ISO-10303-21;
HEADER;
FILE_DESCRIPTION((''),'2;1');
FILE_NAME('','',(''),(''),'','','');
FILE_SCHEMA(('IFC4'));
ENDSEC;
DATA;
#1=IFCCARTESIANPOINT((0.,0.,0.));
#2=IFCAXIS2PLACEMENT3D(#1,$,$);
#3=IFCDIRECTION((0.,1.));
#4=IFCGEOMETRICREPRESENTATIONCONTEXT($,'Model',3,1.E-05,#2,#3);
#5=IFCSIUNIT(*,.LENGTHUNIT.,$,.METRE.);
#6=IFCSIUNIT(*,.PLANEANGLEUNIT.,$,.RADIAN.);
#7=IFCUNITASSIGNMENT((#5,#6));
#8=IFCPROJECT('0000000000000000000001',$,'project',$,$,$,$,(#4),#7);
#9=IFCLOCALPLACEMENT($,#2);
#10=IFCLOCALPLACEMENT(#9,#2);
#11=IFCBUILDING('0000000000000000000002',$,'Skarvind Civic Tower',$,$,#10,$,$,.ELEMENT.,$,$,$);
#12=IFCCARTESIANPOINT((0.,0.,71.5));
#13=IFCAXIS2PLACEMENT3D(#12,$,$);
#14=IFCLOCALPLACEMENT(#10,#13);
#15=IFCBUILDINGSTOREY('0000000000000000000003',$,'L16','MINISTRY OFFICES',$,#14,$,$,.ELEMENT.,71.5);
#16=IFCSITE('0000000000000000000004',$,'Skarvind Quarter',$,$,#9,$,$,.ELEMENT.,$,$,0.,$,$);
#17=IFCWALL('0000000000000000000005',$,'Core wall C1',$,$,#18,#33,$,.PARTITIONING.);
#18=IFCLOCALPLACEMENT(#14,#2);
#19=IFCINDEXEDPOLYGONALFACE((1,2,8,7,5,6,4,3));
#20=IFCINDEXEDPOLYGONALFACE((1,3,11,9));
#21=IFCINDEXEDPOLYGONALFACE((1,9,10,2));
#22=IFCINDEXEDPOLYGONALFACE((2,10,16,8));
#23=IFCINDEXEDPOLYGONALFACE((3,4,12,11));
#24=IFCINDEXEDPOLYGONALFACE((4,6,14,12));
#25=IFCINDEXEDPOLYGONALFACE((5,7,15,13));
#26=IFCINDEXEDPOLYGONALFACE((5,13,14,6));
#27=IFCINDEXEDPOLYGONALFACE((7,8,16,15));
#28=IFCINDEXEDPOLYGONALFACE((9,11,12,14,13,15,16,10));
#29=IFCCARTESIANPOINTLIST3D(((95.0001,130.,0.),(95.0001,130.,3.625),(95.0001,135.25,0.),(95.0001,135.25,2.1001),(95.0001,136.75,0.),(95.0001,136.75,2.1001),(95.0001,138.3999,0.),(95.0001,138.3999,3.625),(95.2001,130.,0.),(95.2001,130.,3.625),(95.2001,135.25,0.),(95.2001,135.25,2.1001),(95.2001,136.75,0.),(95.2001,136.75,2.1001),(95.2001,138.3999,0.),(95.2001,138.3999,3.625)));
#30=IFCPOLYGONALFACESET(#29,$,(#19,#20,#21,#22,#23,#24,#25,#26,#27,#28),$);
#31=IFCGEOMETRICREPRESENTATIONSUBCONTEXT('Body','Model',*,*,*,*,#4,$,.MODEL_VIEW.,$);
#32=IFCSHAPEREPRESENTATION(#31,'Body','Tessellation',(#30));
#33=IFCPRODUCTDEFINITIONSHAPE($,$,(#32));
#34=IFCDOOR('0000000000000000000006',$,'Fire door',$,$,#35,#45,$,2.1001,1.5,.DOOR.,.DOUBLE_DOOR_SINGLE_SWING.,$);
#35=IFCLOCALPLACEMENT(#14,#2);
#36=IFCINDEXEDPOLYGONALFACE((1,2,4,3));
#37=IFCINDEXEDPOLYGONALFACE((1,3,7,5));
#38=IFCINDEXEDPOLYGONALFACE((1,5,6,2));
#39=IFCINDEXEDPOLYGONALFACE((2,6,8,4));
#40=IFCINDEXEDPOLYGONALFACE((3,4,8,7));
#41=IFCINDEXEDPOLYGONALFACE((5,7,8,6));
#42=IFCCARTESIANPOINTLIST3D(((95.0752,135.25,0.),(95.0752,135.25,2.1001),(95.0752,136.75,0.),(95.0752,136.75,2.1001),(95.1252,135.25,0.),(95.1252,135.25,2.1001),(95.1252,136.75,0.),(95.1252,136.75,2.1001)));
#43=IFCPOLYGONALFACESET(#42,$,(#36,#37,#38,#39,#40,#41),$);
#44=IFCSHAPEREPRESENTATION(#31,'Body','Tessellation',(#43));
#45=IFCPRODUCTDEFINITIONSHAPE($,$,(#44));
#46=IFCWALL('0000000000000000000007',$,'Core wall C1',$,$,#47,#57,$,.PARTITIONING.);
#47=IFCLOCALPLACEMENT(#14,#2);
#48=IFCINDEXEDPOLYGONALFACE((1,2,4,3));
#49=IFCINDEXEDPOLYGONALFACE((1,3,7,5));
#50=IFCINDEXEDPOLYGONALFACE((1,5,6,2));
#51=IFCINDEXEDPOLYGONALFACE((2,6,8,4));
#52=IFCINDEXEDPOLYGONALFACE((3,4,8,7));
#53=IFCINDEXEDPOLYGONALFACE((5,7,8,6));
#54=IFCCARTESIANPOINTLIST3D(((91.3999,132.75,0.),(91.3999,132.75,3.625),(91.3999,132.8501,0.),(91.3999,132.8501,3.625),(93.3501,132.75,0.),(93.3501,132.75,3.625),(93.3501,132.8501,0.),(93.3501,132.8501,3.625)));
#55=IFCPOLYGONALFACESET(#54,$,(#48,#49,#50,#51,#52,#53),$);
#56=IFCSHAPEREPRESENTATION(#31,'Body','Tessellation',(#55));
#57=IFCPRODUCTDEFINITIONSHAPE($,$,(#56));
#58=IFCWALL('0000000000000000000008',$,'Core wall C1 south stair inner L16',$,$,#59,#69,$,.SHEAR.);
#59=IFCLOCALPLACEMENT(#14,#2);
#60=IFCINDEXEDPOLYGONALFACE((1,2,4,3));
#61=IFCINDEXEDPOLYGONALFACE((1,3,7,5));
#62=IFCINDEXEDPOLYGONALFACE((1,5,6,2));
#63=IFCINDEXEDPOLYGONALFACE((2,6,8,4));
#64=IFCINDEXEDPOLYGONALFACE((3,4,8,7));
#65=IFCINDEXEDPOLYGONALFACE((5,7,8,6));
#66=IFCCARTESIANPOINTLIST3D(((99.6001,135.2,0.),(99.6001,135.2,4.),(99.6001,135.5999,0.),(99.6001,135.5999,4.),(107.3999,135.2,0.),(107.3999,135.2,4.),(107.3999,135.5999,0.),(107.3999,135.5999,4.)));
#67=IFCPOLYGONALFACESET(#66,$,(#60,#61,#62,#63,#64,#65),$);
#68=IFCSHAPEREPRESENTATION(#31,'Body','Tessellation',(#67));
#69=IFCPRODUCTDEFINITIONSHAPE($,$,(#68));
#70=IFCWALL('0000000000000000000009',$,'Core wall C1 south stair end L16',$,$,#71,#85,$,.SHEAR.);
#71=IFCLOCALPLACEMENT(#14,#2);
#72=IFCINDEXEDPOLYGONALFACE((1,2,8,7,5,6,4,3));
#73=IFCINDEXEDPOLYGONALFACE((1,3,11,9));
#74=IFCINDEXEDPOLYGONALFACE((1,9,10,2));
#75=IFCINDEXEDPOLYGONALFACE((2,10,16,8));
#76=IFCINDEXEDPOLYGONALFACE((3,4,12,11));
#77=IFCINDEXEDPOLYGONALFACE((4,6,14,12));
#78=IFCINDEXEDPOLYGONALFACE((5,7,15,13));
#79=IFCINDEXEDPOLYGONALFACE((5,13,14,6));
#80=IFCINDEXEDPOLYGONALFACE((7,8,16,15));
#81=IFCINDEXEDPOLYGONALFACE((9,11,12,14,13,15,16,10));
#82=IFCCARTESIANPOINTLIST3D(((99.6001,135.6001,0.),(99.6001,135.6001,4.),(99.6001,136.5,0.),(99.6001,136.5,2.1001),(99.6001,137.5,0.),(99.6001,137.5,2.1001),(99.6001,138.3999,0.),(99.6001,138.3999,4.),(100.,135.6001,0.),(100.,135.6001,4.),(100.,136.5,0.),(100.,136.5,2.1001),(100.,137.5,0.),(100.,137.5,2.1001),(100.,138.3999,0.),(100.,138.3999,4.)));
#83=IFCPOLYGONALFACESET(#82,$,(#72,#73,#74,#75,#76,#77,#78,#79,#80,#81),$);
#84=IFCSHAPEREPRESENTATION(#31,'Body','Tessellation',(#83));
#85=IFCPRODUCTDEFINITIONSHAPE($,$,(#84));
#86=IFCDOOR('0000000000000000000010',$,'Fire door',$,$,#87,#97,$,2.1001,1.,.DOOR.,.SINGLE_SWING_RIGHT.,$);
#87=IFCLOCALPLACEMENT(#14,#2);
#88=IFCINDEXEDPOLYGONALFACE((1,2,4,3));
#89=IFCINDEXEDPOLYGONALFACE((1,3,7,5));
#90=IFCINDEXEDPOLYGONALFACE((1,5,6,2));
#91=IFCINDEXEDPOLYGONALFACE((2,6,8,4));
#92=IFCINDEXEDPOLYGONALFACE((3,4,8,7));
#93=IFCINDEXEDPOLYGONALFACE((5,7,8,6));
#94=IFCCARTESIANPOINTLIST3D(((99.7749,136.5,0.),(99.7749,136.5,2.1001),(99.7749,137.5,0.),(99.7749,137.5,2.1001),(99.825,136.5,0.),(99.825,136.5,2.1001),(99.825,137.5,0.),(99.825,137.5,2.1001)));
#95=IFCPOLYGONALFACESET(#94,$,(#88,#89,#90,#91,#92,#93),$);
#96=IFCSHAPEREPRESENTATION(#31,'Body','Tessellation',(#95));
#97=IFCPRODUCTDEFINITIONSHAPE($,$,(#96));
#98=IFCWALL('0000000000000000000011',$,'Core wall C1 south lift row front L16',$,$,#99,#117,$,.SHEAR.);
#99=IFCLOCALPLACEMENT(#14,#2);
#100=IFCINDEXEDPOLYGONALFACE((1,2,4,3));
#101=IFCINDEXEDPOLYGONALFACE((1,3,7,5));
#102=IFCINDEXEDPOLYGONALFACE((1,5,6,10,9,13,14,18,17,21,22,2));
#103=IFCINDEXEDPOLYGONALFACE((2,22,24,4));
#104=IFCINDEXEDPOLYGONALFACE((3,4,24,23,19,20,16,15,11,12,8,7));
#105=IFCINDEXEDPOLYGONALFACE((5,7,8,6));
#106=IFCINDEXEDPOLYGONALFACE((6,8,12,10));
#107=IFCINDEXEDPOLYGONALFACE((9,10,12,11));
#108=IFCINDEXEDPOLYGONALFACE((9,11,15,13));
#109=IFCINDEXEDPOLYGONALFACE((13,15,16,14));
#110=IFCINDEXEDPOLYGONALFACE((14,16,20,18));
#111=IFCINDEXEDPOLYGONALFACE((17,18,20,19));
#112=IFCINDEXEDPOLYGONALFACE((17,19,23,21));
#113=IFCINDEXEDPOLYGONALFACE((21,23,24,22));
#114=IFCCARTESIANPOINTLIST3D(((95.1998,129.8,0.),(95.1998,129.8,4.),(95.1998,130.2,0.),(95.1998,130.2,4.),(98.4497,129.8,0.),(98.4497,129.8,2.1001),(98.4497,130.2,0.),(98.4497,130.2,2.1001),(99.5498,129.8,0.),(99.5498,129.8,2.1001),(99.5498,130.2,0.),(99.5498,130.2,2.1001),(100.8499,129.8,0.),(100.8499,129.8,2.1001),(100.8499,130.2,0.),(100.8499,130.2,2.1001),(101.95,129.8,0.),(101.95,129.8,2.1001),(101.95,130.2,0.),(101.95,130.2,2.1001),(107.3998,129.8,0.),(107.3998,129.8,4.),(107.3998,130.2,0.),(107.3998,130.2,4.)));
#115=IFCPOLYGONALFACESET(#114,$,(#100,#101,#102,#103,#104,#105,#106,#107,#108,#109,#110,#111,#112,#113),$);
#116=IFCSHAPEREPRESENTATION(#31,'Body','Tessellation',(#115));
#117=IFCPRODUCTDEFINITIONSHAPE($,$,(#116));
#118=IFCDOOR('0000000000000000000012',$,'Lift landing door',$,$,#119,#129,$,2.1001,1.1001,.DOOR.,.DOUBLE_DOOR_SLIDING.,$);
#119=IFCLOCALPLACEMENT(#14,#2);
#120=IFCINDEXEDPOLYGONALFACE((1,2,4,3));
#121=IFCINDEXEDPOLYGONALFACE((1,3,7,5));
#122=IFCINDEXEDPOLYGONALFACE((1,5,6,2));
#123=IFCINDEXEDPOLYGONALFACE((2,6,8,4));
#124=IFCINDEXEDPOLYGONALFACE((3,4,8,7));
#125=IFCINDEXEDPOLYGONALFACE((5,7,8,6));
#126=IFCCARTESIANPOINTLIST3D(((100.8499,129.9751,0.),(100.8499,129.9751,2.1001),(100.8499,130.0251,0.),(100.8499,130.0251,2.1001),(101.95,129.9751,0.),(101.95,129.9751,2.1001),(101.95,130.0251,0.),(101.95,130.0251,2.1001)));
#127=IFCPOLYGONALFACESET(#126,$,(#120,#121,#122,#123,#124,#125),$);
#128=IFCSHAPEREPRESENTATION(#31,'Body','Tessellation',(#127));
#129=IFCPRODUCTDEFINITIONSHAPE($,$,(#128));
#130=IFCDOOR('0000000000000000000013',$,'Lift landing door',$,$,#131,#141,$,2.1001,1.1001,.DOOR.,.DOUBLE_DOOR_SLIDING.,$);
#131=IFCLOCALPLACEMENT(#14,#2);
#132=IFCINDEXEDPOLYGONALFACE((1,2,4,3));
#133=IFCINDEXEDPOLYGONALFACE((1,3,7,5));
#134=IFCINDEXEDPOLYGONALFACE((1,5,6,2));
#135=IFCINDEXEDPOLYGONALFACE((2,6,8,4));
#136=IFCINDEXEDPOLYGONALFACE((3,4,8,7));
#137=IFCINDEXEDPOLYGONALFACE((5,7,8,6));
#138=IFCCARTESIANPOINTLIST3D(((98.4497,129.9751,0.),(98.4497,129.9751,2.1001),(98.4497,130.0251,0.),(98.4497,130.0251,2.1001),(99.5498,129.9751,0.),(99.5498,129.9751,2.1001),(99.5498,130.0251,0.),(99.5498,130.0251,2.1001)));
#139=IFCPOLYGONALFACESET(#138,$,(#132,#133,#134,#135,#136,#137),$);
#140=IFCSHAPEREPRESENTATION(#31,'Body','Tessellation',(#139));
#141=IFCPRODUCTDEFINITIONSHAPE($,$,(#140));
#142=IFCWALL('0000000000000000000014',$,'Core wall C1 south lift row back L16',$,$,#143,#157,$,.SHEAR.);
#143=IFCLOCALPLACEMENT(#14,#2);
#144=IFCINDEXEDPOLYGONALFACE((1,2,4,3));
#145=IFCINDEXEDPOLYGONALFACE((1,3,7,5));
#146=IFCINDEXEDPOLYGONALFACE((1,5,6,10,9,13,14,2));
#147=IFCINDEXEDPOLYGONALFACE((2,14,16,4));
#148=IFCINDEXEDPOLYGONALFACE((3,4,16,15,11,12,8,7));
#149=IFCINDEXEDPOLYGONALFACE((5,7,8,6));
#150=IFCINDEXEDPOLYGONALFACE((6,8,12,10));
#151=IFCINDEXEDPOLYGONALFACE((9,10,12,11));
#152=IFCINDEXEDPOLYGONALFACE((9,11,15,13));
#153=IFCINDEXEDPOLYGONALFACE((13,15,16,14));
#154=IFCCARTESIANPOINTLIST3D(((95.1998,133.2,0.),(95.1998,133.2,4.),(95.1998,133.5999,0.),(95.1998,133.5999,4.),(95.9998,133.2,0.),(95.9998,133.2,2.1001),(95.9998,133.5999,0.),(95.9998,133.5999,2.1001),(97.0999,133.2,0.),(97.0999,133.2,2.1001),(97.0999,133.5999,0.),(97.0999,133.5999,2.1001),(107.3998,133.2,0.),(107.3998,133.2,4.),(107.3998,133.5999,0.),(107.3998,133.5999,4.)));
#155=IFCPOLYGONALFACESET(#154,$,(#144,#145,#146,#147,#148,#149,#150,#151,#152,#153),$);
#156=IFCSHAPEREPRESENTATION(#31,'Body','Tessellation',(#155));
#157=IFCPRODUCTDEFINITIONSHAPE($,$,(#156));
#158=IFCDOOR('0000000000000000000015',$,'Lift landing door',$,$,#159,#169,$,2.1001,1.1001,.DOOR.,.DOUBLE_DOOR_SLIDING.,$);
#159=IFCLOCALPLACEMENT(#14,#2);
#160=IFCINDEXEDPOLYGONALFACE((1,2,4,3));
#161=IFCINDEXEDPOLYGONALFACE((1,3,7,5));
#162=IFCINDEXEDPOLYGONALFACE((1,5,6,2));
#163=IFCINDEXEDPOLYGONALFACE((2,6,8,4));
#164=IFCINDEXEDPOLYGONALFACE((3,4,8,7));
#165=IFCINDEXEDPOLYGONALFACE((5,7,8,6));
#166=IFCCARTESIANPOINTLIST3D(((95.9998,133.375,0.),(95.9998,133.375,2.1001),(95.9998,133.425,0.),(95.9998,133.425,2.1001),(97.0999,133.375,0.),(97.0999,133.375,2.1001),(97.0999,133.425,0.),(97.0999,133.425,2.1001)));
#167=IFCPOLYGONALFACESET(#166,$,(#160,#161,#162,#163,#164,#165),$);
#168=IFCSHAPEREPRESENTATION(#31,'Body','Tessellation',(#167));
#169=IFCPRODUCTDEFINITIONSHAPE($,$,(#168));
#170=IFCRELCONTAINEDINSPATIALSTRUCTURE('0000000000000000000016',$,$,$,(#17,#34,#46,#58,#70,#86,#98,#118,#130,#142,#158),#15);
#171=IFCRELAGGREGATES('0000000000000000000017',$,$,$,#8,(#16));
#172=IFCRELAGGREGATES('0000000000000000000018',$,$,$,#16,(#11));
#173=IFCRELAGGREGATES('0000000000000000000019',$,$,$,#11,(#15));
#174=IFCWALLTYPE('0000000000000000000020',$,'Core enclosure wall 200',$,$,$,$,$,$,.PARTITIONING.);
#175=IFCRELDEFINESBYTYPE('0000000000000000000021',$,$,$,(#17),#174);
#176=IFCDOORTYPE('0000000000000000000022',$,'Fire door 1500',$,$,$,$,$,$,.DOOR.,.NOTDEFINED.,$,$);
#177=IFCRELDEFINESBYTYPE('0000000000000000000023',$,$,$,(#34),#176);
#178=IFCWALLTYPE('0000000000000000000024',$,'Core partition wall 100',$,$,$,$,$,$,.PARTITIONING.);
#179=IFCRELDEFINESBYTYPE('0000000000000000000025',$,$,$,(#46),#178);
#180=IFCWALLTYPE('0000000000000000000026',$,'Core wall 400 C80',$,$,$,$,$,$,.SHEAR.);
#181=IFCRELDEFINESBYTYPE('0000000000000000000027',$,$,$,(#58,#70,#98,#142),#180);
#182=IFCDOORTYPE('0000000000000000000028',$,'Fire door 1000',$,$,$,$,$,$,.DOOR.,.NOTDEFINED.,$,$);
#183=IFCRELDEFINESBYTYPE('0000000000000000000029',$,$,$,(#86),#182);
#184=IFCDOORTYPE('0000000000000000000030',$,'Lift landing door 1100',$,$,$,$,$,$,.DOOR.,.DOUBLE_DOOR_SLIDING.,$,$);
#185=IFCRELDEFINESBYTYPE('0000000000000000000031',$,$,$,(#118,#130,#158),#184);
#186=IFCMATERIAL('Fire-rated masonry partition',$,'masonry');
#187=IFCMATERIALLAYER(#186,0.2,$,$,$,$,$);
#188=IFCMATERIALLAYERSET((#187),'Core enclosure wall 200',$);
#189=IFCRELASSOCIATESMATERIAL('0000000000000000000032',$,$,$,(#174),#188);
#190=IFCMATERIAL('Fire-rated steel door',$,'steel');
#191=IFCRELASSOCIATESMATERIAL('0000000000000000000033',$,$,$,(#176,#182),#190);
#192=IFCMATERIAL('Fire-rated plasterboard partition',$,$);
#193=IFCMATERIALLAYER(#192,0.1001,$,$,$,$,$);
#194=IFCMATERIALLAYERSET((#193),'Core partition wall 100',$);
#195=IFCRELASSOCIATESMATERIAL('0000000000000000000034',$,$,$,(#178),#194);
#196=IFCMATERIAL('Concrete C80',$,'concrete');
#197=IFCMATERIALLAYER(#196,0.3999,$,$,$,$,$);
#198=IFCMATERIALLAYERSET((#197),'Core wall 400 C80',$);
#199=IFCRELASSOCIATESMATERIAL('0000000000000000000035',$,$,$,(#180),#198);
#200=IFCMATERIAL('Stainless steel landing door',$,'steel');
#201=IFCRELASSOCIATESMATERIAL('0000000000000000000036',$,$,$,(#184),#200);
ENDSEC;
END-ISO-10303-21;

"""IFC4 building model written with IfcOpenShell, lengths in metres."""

from ifc_helpers import new_model, si_unit, direction, frame, frame_2d, origin, place, context, subcontext, project, spatial, rectangle, extrude, material, layer, layer_set, type_object, element, fill, save


model = new_model("IFC4")

# Units and contexts
model_context = context("Model", 3, precision=1e-05, world=origin(), true_north=direction((0.0, 1.0)))
body_context = subcontext(model_context, "Body", "Model", "MODEL_VIEW")
ifc_project = project(units=[si_unit("LENGTHUNIT", "METRE"), si_unit("PLANEANGLEUNIT", "RADIAN")], contexts=[model_context])

# Site, building, storey
site_placement = place(None, origin())
site = spatial("IfcSite", under=ifc_project, at=site_placement, Name="Skarvind Quarter", CompositionType="ELEMENT", RefElevation=0.0)
building_placement = place(site_placement, origin())
building = spatial("IfcBuilding", under=site, at=building_placement, Name="Skarvind Civic Tower", CompositionType="ELEMENT")
storey_placement = place(building_placement, frame((0.0, 0.0, 71.5)))
storey = spatial("IfcBuildingStorey", under=building, at=storey_placement, Name="L16", Description="MINISTRY OFFICES", CompositionType="ELEMENT", Elevation=71.5)

# Wall, opening, door
ifc_material_1 = material(Name="Fire-rated masonry partition", Category="masonry")
ifc_layer_1 = layer(ifc_material_1, 0.2)
ifc_layer_set_1 = layer_set([ifc_layer_1], Name="Core enclosure wall 200")
wall_type_1 = type_object("IfcWallType", Name="Core enclosure wall 200", PredefinedType="PARTITIONING", material=ifc_layer_set_1)
wall_1_placement = place(storey_placement, frame((95.1001, 130.0, 0.0), z_axis=(0.0, 0.0, 1.0), x_axis=(0.0, 1.0, 0.0)))
wall_1 = element("IfcWall", 1, at=wall_1_placement, inside=storey, type_object=wall_type_1, Name="Core wall C1", PredefinedType="PARTITIONING", context=body_context, shape_type="SweptSolid", body=[
    extrude(rectangle(XDim=8.3999, YDim=0.2, at=frame_2d((4.2, 0.0))), origin(), (0.0, 0.0, 1.0), 3.625),
])
opening_1_placement = place(wall_1_placement, frame((5.25, 0.0, 0.0)))
opening_1 = element("IfcOpeningElement", 2, at=opening_1_placement, cuts=wall_1, PredefinedType="OPENING", context=body_context, shape_type="SweptSolid", body=[
    extrude(rectangle(XDim=1.5, YDim=2.1001, at=frame_2d((0.75, 1.05))), frame((0.0, 0.1099, 0.0), z_axis=(0.0, -1.0, 0.0), x_axis=(1.0, 0.0, 0.0)), (0.0, 0.0, 1.0), 0.22),
])
ifc_material_2 = material(Name="Fire-rated steel door", Category="steel")
door_type_1 = type_object("IfcDoorType", Name="Fire door 1500", OperationType="NOTDEFINED", PredefinedType="DOOR", material=ifc_material_2)
door_1_placement = place(opening_1_placement, origin())
door_1 = element("IfcDoor", 3, at=door_1_placement, inside=storey, type_object=door_type_1, Name="Fire door", OperationType="DOUBLE_DOOR_SINGLE_SWING", OverallHeight=2.1001, OverallWidth=1.5, PredefinedType="DOOR", context=body_context, shape_type="SweptSolid", body=[
    extrude(rectangle(XDim=1.5, YDim=2.1001, at=frame_2d((0.75, 1.05))), frame((0.0, 0.0249, 0.0), z_axis=(0.0, -1.0, 0.0), x_axis=(1.0, 0.0, 0.0)), (0.0, 0.0, 1.0), 0.05),
])
fill(opening_1, door_1)

# Walls
ifc_material_3 = material(Name="Fire-rated plasterboard partition")
ifc_layer_2 = layer(ifc_material_3, 0.1001)
ifc_layer_set_2 = layer_set([ifc_layer_2], Name="Core partition wall 100")
wall_type_2 = type_object("IfcWallType", Name="Core partition wall 100", PredefinedType="PARTITIONING", material=ifc_layer_set_2)
wall_2_placement = place(storey_placement, frame((91.3999, 132.8, 0.0), z_axis=(0.0, 0.0, 1.0), x_axis=(1.0, 0.0, 0.0)))
element("IfcWall", 4, at=wall_2_placement, inside=storey, type_object=wall_type_2, Name="Core wall C1", PredefinedType="PARTITIONING", context=body_context, shape_type="SweptSolid", body=[
    extrude(rectangle(XDim=1.9502, YDim=0.1001, at=frame_2d((0.9751, 0.0))), origin(), (0.0, 0.0, 1.0), 3.625),
])
ifc_material_4 = material(Name="Concrete C80", Category="concrete")
ifc_layer_3 = layer(ifc_material_4, 0.3999)
ifc_layer_set_3 = layer_set([ifc_layer_3], Name="Core wall 400 C80")
wall_type_3 = type_object("IfcWallType", Name="Core wall 400 C80", PredefinedType="SHEAR", material=ifc_layer_set_3)
wall_3_placement = place(storey_placement, frame((107.3999, 135.3999, 0.0), z_axis=(0.0, 0.0, 1.0), x_axis=(-1.0, 0.0, 0.0)))
element("IfcWall", 5, at=wall_3_placement, inside=storey, type_object=wall_type_3, Name="Core wall C1 south stair inner L16", PredefinedType="SHEAR", context=body_context, shape_type="SweptSolid", body=[
    extrude(rectangle(XDim=7.7998, YDim=0.3999, at=frame_2d((3.8999, 0.0))), origin(), (0.0, 0.0, 1.0), 4.0),
])

# Wall, opening, door
wall_4_placement = place(storey_placement, frame((99.8, 138.3999, 0.0), z_axis=(0.0, 0.0, 1.0), x_axis=(0.0, -1.0, 0.0)))
wall_4 = element("IfcWall", 6, at=wall_4_placement, inside=storey, type_object=wall_type_3, Name="Core wall C1 south stair end L16", PredefinedType="SHEAR", context=body_context, shape_type="SweptSolid", body=[
    extrude(rectangle(XDim=2.7998, YDim=0.3999, at=frame_2d((1.3999, 0.0))), origin(), (0.0, 0.0, 1.0), 4.0),
])
opening_2_placement = place(wall_4_placement, frame((0.8999, 0.0, 0.0)))
opening_2 = element("IfcOpeningElement", 7, at=opening_2_placement, cuts=wall_4, PredefinedType="OPENING", context=body_context, shape_type="SweptSolid", body=[
    extrude(rectangle(XDim=1.0, YDim=2.1001, at=frame_2d((0.5, 1.05))), frame((0.0, 0.21, 0.0), z_axis=(0.0, -1.0, 0.0), x_axis=(1.0, 0.0, 0.0)), (0.0, 0.0, 1.0), 0.4199),
])
door_type_2 = type_object("IfcDoorType", Name="Fire door 1000", OperationType="NOTDEFINED", PredefinedType="DOOR", material=ifc_material_2)
door_2_placement = place(opening_2_placement, origin())
door_2 = element("IfcDoor", 8, at=door_2_placement, inside=storey, type_object=door_type_2, Name="Fire door", OperationType="SINGLE_SWING_RIGHT", OverallHeight=2.1001, OverallWidth=1.0, PredefinedType="DOOR", context=body_context, shape_type="SweptSolid", body=[
    extrude(rectangle(XDim=1.0, YDim=2.1001, at=frame_2d((0.5, 1.05))), frame((0.0, 0.0249, 0.0), z_axis=(0.0, -1.0, 0.0), x_axis=(1.0, 0.0, 0.0)), (0.0, 0.0, 1.0), 0.05),
])
fill(opening_2, door_2)

# Wall, openings, doors
wall_5_placement = place(storey_placement, frame((107.3999, 130.0, 0.0), z_axis=(0.0, 0.0, 1.0), x_axis=(-1.0, 0.0, 0.0)))
wall_5 = element("IfcWall", 9, at=wall_5_placement, inside=storey, type_object=wall_type_3, Name="Core wall C1 south lift row front L16", PredefinedType="SHEAR", context=body_context, shape_type="SweptSolid", body=[
    extrude(rectangle(XDim=12.2, YDim=0.3999, at=frame_2d((6.1001, 0.0))), origin(), (0.0, 0.0, 1.0), 4.0),
])
opening_3_placement = place(wall_5_placement, frame((5.45, 0.0, 0.0)))
opening_3 = element("IfcOpeningElement", 10, at=opening_3_placement, cuts=wall_5, PredefinedType="OPENING", context=body_context, shape_type="SweptSolid", body=[
    extrude(rectangle(XDim=1.1001, YDim=2.1001, at=frame_2d((0.55, 1.05))), frame((0.0, 0.21, 0.0), z_axis=(0.0, -1.0, 0.0), x_axis=(1.0, 0.0, 0.0)), (0.0, 0.0, 1.0), 0.4199),
])
opening_4_placement = place(wall_5_placement, frame((7.8501, 0.0, 0.0)))
opening_4 = element("IfcOpeningElement", 11, at=opening_4_placement, cuts=wall_5, PredefinedType="OPENING", context=body_context, shape_type="SweptSolid", body=[
    extrude(rectangle(XDim=1.1001, YDim=2.1001, at=frame_2d((0.55, 1.05))), frame((0.0, 0.21, 0.0), z_axis=(0.0, -1.0, 0.0), x_axis=(1.0, 0.0, 0.0)), (0.0, 0.0, 1.0), 0.4199),
])
ifc_material_5 = material(Name="Stainless steel landing door", Category="steel")
door_type_3 = type_object("IfcDoorType", Name="Lift landing door 1100", OperationType="DOUBLE_DOOR_SLIDING", PredefinedType="DOOR", material=ifc_material_5)
door_3_placement = place(opening_3_placement, origin())
door_3 = element("IfcDoor", 12, at=door_3_placement, inside=storey, type_object=door_type_3, Name="Lift landing door", OperationType="DOUBLE_DOOR_SLIDING", OverallHeight=2.1001, OverallWidth=1.1001, PredefinedType="DOOR", context=body_context, shape_type="SweptSolid", body=[
    extrude(rectangle(XDim=1.1001, YDim=2.1001, at=frame_2d((0.55, 1.05))), frame((0.0, 0.0249, 0.0), z_axis=(0.0, -1.0, 0.0), x_axis=(1.0, 0.0, 0.0)), (0.0, 0.0, 1.0), 0.05),
])
fill(opening_3, door_3)
door_4_placement = place(opening_4_placement, origin())
door_4 = element("IfcDoor", 13, at=door_4_placement, inside=storey, type_object=door_type_3, Name="Lift landing door", OperationType="DOUBLE_DOOR_SLIDING", OverallHeight=2.1001, OverallWidth=1.1001, PredefinedType="DOOR", context=body_context, shape_type="SweptSolid", body=[
    extrude(rectangle(XDim=1.1001, YDim=2.1001, at=frame_2d((0.55, 1.05))), frame((0.0, 0.0249, 0.0), z_axis=(0.0, -1.0, 0.0), x_axis=(1.0, 0.0, 0.0)), (0.0, 0.0, 1.0), 0.05),
])
fill(opening_4, door_4)

# Wall, opening, door
wall_6_placement = place(storey_placement, frame((107.3999, 133.3999, 0.0), z_axis=(0.0, 0.0, 1.0), x_axis=(-1.0, 0.0, 0.0)))
wall_6 = element("IfcWall", 14, at=wall_6_placement, inside=storey, type_object=wall_type_3, Name="Core wall C1 south lift row back L16", PredefinedType="SHEAR", context=body_context, shape_type="SweptSolid", body=[
    extrude(rectangle(XDim=12.2, YDim=0.3999, at=frame_2d((6.1001, 0.0))), origin(), (0.0, 0.0, 1.0), 4.0),
])
opening_5_placement = place(wall_6_placement, frame((10.3, 0.0, 0.0)))
opening_5 = element("IfcOpeningElement", 15, at=opening_5_placement, cuts=wall_6, PredefinedType="OPENING", context=body_context, shape_type="SweptSolid", body=[
    extrude(rectangle(XDim=1.1001, YDim=2.1001, at=frame_2d((0.55, 1.05))), frame((0.0, 0.21, 0.0), z_axis=(0.0, -1.0, 0.0), x_axis=(1.0, 0.0, 0.0)), (0.0, 0.0, 1.0), 0.4199),
])
door_5_placement = place(opening_5_placement, origin())
door_5 = element("IfcDoor", 16, at=door_5_placement, inside=storey, type_object=door_type_3, Name="Lift landing door", OperationType="DOUBLE_DOOR_SLIDING", OverallHeight=2.1001, OverallWidth=1.1001, PredefinedType="DOOR", context=body_context, shape_type="SweptSolid", body=[
    extrude(rectangle(XDim=1.1001, YDim=2.1001, at=frame_2d((0.55, 1.05))), frame((0.0, 0.0249, 0.0), z_axis=(0.0, -1.0, 0.0), x_axis=(1.0, 0.0, 0.0)), (0.0, 0.0, 1.0), 0.05),
])
fill(opening_5, door_5)

save(model, "model.ifc")
